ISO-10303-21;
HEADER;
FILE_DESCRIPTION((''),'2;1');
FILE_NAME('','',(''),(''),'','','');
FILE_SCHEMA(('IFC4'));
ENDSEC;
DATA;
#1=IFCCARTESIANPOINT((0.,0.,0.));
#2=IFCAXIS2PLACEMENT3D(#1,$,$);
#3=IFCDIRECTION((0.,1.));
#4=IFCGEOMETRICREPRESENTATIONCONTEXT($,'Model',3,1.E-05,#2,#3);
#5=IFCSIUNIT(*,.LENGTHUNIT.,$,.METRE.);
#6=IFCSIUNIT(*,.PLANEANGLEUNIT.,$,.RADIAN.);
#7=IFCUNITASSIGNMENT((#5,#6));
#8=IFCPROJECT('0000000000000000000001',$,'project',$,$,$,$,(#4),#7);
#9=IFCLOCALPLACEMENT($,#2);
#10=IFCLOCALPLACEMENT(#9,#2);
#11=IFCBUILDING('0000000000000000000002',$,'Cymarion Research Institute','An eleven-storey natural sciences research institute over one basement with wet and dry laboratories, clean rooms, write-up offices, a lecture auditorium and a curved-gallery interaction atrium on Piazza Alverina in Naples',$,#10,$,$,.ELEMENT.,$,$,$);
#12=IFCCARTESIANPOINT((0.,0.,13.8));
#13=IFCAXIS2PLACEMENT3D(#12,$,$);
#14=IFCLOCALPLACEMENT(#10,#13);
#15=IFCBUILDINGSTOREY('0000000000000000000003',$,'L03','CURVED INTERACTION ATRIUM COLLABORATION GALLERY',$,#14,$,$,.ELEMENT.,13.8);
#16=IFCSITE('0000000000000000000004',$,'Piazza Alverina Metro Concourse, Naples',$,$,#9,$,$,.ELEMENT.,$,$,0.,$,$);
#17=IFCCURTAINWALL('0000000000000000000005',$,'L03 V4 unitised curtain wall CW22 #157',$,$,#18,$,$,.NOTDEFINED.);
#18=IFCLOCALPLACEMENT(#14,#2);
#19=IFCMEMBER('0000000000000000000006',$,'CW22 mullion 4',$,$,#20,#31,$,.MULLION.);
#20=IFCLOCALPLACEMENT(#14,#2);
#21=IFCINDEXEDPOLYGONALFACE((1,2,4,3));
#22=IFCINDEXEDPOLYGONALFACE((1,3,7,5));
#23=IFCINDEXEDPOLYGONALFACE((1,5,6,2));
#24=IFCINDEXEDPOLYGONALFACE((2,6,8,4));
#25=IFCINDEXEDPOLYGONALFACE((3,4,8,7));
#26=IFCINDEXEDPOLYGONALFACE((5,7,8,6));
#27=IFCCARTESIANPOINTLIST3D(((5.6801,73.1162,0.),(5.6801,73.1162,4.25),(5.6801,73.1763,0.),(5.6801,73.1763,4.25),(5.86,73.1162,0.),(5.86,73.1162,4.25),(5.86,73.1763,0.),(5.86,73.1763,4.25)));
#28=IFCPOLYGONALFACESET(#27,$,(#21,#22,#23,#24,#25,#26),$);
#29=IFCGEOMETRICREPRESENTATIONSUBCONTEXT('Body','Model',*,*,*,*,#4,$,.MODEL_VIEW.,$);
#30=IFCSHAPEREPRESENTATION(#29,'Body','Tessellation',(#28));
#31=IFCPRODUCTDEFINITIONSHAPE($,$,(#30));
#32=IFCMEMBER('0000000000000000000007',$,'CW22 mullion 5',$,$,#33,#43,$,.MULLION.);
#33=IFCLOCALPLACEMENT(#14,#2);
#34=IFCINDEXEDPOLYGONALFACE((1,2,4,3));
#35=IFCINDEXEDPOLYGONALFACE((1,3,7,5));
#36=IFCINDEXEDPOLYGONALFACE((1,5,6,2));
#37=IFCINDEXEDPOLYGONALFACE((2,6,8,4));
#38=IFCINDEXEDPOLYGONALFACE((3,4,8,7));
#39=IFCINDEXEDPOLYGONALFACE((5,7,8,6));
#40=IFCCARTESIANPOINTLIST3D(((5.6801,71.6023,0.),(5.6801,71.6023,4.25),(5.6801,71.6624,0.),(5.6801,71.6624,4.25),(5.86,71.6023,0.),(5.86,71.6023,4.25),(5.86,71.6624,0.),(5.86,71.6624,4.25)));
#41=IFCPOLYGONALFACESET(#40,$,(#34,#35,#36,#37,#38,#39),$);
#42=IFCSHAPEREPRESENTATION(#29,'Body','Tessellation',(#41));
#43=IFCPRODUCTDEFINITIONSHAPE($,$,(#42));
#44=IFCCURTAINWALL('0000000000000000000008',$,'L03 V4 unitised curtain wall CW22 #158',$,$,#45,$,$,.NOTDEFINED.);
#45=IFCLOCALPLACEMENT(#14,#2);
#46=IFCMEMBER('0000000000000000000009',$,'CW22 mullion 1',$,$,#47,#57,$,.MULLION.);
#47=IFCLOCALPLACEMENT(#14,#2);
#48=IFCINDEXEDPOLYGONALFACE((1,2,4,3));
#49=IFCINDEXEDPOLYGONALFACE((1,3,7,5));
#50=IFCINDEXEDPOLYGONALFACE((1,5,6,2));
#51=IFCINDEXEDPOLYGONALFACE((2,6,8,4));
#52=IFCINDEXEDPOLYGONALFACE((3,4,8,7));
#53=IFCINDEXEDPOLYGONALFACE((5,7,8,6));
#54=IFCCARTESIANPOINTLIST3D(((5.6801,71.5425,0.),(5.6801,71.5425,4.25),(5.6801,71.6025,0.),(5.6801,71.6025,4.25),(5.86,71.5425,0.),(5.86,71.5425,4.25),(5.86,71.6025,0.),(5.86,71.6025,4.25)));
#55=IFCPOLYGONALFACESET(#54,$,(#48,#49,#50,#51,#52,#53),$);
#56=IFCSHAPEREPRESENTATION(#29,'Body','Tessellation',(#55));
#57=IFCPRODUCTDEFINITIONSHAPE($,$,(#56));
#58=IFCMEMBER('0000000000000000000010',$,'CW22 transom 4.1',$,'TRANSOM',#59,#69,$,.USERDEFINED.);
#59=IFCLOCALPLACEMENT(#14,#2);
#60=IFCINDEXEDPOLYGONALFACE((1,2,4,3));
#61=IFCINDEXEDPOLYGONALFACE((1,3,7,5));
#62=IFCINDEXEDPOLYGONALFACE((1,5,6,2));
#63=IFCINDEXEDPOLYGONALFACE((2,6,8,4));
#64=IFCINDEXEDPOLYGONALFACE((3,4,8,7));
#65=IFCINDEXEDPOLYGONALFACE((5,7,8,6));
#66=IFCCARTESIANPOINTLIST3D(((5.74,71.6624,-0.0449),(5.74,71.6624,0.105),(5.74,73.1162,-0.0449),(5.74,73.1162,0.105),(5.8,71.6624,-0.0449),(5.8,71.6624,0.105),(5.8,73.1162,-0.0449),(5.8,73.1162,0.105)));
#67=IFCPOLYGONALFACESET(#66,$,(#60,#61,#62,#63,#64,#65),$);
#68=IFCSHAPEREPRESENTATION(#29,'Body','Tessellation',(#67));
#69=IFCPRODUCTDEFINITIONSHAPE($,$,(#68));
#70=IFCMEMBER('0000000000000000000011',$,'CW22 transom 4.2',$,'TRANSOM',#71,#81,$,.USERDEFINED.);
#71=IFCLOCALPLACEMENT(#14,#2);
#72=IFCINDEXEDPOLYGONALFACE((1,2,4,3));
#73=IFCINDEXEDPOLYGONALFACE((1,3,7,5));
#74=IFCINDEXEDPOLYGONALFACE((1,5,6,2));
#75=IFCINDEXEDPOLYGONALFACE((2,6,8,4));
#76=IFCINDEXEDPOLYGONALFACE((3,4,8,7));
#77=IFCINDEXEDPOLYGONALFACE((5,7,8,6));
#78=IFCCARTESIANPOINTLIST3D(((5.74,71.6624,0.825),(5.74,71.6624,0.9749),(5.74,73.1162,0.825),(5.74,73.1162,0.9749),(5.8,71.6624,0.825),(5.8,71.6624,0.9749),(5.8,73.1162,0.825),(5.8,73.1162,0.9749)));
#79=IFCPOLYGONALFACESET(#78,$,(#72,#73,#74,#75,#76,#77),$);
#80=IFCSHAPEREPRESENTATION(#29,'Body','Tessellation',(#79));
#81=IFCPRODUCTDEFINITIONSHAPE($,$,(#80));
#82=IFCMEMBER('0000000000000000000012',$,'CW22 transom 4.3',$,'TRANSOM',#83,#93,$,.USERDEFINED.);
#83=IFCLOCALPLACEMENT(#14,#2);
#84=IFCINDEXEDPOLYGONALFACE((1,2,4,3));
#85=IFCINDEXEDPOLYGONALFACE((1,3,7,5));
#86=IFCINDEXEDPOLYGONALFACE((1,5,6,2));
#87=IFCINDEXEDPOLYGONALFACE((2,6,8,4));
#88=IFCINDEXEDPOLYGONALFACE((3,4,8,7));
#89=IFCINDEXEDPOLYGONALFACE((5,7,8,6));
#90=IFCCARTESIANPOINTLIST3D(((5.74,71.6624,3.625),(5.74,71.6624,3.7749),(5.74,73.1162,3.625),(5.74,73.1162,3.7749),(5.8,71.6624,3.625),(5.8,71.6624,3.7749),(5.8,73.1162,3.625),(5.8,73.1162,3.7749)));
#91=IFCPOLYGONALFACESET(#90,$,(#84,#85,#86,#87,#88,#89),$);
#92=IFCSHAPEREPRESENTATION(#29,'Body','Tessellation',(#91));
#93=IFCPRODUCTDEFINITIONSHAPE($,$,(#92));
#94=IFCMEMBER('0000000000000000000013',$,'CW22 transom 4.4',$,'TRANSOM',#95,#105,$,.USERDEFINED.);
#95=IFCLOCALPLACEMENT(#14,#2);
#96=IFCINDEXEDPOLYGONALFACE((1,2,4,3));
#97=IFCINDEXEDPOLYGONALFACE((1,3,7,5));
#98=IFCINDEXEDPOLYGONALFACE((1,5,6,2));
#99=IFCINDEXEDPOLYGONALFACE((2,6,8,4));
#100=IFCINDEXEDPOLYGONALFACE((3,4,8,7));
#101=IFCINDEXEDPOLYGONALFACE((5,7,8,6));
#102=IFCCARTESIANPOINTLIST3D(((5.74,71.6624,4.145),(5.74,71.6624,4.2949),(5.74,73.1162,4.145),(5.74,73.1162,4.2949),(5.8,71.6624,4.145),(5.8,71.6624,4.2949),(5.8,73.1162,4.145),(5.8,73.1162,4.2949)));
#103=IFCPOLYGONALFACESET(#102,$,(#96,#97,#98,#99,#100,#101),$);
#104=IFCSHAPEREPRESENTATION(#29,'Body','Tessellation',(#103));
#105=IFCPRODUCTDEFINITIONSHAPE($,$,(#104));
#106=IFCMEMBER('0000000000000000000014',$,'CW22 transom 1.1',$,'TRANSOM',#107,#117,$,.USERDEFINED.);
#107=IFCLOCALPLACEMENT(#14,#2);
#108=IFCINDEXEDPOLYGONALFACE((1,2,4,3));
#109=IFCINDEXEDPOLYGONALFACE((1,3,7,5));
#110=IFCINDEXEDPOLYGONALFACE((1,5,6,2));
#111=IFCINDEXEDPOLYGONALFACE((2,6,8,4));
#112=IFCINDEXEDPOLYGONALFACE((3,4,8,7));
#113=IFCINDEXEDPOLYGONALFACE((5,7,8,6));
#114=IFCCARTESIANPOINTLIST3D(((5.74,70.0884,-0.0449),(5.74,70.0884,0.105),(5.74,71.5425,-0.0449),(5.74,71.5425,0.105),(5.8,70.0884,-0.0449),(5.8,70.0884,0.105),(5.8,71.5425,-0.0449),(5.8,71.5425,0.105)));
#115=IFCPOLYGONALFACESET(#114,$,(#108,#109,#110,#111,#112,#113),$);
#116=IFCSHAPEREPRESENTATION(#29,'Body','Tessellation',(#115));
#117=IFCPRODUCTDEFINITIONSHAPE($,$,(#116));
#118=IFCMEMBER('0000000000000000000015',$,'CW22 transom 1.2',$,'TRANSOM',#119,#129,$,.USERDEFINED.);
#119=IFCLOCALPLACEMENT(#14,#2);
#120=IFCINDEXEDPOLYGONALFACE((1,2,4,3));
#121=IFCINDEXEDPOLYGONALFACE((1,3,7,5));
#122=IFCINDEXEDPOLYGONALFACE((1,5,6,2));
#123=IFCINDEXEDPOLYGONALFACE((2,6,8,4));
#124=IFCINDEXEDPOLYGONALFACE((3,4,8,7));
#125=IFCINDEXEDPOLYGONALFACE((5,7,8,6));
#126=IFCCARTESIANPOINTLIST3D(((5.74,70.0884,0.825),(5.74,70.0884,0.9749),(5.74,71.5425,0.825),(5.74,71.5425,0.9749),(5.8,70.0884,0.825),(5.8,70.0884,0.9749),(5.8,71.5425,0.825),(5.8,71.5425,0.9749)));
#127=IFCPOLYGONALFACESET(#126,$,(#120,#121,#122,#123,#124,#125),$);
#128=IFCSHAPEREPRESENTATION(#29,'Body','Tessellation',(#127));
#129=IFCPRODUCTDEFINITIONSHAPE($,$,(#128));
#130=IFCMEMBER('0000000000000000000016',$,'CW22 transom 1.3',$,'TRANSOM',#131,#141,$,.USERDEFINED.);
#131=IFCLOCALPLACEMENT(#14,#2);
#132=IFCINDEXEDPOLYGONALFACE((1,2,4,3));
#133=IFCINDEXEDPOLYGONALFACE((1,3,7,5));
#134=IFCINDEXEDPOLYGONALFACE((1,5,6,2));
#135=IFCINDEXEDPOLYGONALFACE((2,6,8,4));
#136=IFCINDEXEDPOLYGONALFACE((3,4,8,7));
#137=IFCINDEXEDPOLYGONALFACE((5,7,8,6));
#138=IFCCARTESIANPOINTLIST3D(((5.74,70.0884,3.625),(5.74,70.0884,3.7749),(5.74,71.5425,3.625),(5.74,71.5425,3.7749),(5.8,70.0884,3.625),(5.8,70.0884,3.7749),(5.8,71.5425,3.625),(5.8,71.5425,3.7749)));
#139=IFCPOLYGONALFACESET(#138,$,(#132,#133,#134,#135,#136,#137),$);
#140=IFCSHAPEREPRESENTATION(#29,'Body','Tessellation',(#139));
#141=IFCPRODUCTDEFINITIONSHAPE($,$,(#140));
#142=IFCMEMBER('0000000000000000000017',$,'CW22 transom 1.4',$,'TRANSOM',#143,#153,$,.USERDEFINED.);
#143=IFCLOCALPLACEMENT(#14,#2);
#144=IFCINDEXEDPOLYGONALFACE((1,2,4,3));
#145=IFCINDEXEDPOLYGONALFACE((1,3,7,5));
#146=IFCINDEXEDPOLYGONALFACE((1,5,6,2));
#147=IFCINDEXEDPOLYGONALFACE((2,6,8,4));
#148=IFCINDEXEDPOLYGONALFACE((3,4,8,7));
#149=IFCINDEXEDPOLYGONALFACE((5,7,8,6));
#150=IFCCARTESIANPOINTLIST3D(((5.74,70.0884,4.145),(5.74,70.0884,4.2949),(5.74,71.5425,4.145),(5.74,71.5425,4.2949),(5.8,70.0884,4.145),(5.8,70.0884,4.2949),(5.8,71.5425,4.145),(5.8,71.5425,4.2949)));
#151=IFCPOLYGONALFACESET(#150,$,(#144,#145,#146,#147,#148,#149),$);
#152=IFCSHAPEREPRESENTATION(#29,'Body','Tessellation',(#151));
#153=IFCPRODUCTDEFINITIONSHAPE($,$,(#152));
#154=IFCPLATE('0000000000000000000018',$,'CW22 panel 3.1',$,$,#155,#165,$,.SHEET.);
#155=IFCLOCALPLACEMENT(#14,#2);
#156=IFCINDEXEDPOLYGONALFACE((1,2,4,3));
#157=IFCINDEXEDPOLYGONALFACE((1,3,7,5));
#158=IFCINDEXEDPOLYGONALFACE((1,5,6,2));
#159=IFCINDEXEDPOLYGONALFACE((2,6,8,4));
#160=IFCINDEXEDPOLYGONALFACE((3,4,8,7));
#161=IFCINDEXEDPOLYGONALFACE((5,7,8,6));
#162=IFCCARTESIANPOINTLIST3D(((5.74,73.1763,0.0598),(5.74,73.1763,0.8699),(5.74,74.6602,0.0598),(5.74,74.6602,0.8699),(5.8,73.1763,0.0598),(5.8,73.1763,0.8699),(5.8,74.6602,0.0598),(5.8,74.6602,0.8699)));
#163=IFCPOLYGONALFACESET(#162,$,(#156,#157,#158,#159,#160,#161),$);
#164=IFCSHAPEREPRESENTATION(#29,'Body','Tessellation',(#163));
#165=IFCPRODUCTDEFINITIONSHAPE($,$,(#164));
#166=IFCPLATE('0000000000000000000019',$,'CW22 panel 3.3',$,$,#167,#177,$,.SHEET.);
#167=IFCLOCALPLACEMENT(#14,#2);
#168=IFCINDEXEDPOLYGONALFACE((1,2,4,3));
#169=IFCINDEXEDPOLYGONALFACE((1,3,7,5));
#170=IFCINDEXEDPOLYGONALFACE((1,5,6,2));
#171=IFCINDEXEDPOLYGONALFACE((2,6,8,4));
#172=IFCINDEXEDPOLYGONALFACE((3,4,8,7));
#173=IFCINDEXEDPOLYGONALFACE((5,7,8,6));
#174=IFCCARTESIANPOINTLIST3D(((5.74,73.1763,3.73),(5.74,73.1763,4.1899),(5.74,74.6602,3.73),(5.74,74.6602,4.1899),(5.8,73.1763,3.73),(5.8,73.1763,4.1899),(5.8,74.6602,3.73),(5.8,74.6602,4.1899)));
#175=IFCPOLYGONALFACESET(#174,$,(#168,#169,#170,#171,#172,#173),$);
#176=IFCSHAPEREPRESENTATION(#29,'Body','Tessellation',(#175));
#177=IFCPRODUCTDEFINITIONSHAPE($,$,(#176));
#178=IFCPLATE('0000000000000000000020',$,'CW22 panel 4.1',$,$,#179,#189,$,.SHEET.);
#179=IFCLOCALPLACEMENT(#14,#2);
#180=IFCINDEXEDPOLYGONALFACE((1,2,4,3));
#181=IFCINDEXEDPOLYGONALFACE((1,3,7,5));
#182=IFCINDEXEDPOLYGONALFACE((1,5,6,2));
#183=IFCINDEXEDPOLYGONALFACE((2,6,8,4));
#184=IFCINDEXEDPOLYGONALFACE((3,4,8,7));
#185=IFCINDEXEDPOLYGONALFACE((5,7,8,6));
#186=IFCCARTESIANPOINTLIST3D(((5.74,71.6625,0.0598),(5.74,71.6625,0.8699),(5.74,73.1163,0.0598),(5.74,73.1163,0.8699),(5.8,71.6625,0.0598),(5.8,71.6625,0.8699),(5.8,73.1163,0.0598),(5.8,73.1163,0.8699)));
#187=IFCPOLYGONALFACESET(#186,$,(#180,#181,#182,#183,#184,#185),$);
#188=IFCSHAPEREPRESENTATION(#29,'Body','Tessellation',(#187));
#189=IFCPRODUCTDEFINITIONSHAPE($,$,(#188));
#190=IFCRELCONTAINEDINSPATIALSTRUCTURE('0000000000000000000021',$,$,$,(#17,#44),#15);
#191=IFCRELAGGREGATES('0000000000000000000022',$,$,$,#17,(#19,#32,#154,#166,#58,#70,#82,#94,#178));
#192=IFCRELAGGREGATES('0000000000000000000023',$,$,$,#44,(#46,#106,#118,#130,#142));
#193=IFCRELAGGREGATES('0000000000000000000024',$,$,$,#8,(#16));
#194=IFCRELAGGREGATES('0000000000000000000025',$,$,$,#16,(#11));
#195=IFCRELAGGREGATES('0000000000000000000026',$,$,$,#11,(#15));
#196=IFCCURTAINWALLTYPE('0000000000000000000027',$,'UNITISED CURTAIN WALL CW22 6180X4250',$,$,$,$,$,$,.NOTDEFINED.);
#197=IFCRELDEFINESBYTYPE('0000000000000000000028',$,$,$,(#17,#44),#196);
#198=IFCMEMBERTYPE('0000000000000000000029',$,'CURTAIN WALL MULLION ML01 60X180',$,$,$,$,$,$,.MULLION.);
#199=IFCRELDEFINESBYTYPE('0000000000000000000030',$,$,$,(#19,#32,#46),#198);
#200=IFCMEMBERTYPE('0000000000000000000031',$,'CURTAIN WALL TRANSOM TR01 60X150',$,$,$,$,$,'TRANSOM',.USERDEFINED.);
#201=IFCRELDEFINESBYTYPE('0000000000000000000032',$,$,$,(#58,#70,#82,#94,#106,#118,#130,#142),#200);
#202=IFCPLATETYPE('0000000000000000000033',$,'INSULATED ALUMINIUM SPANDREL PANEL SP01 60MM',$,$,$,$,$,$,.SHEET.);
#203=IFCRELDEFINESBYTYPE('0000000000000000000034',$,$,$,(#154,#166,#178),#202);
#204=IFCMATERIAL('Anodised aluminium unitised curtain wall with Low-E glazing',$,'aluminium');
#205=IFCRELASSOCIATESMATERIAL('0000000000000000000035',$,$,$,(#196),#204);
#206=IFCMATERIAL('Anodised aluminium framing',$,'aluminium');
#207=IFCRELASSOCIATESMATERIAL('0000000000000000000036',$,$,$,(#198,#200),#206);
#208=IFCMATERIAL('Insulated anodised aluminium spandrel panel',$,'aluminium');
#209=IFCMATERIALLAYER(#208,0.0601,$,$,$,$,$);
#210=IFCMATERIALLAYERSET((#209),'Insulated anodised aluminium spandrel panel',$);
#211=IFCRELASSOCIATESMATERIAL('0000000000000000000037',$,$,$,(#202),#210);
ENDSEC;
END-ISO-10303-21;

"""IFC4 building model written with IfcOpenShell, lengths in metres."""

from ifc_helpers import new_model, si_unit, direction, frame, origin, origin_2d, place, context, subcontext, project, spatial, rectangle, extrude, material, layer, layer_set, material_profile, profile_set, type_object, element, aggregate, save


model = new_model("IFC4")

# Units and contexts
model_context = context("Model", 3, precision=1e-05, world=origin(), true_north=direction((0.0, 1.0)))
body_context = subcontext(model_context, "Body", "Model", "MODEL_VIEW")
ifc_project = project(units=[si_unit("LENGTHUNIT", "METRE"), si_unit("PLANEANGLEUNIT", "RADIAN")], contexts=[model_context])

# Site, building, storey
site_placement = place(None, origin())
site = spatial("IfcSite", under=ifc_project, at=site_placement, Name="Piazza Alverina Metro Concourse, Naples", CompositionType="ELEMENT", RefElevation=0.0)
building_placement = place(site_placement, origin())
building = spatial("IfcBuilding", under=site, at=building_placement, Name="Cymarion Research Institute", Description="An eleven-storey natural sciences research institute over one basement with wet and dry laboratories, clean rooms, write-up offices, a lecture auditorium and a curved-gallery interaction atrium on Piazza Alverina in Naples", CompositionType="ELEMENT")
storey_placement = place(building_placement, frame((0.0, 0.0, 13.8)))
storey = spatial("IfcBuildingStorey", under=building, at=storey_placement, Name="L03", Description="CURVED INTERACTION ATRIUM COLLABORATION GALLERY", CompositionType="ELEMENT", Elevation=13.8)

# Curtain wall, members
ifc_material_1 = material(Name="Anodised aluminium unitised curtain wall with Low-E glazing", Category="aluminium")
curtain_wall_type = type_object("IfcCurtainWallType", Name="UNITISED CURTAIN WALL CW22 6180X4250", PredefinedType="NOTDEFINED", material=ifc_material_1)
curtain_wall_1_placement = place(storey_placement, origin())
curtain_wall_1 = element("IfcCurtainWall", 1, at=curtain_wall_1_placement, inside=storey, type_object=curtain_wall_type, Name="L03 V4 unitised curtain wall CW22 #157", PredefinedType="NOTDEFINED")
ifc_material_2 = material(Name="Anodised aluminium framing", Category="aluminium")
ifc_material_profile_1 = material_profile(ifc_material_2, rectangle(XDim=0.0601, YDim=0.1799, at=origin_2d()), Name="ALU MULLION 60x180")
ifc_profile_set_1 = profile_set([ifc_material_profile_1], Name="Anodised aluminium framing")
member_type_1 = type_object("IfcMemberType", Name="CURTAIN WALL MULLION ML01 60X180", PredefinedType="MULLION", material=ifc_profile_set_1)
member_1_placement = place(storey_placement, frame((5.77, 73.1462, 0.0), z_axis=(0.0, 0.0, 1.0), x_axis=(0.0, -1.0, 0.0)))
member_1 = element("IfcMember", 2, at=member_1_placement, type_object=member_type_1, Name="CW22 mullion 4", PredefinedType="MULLION", context=body_context, shape_type="SweptSolid", body=[
    extrude(rectangle(XDim=0.0601, YDim=0.1799, at=origin_2d()), origin(), (0.0, 0.0, 1.0), 4.25),
])
member_2_placement = place(storey_placement, frame((5.77, 71.6323, 0.0), z_axis=(0.0, 0.0, 1.0), x_axis=(0.0, -1.0, 0.0)))
member_2 = element("IfcMember", 3, at=member_2_placement, type_object=member_type_1, Name="CW22 mullion 5", PredefinedType="MULLION", context=body_context, shape_type="SweptSolid", body=[
    extrude(rectangle(XDim=0.0601, YDim=0.1799, at=origin_2d()), origin(), (0.0, 0.0, 1.0), 4.25),
])

# Curtain wall, member
curtain_wall_2_placement = place(storey_placement, origin())
curtain_wall_2 = element("IfcCurtainWall", 4, at=curtain_wall_2_placement, inside=storey, type_object=curtain_wall_type, Name="L03 V4 unitised curtain wall CW22 #158", PredefinedType="NOTDEFINED")
member_3_placement = place(storey_placement, frame((5.77, 71.5725, 0.0), z_axis=(0.0, 0.0, 1.0), x_axis=(0.0, -1.0, 0.0)))
member_3 = element("IfcMember", 5, at=member_3_placement, type_object=member_type_1, Name="CW22 mullion 1", PredefinedType="MULLION", context=body_context, shape_type="SweptSolid", body=[
    extrude(rectangle(XDim=0.0601, YDim=0.1799, at=origin_2d()), origin(), (0.0, 0.0, 1.0), 4.25),
])

# Members
ifc_material_profile_2 = material_profile(ifc_material_2, rectangle(XDim=0.0601, YDim=0.1499, at=origin_2d()), Name="ALU TRANSOM 60x150")
ifc_profile_set_2 = profile_set([ifc_material_profile_2], Name="Anodised aluminium framing")
member_type_2 = type_object("IfcMemberType", Name="CURTAIN WALL TRANSOM TR01 60X150", ElementType="TRANSOM", PredefinedType="USERDEFINED", material=ifc_profile_set_2)
member_4_placement = place(storey_placement, frame((5.77, 73.1162, 0.03), z_axis=(0.0, -1.0, 0.0), x_axis=(1.0, 0.0, 0.0)))
member_4 = element("IfcMember", 6, at=member_4_placement, type_object=member_type_2, Name="CW22 transom 4.1", ObjectType="TRANSOM", PredefinedType="USERDEFINED", context=body_context, shape_type="SweptSolid", body=[
    extrude(rectangle(XDim=0.0601, YDim=0.1499, at=origin_2d()), origin(), (0.0, 0.0, 1.0), 1.4539),
])
member_5_placement = place(storey_placement, frame((5.77, 73.1162, 0.8999), z_axis=(0.0, -1.0, 0.0), x_axis=(1.0, 0.0, 0.0)))
member_5 = element("IfcMember", 7, at=member_5_placement, type_object=member_type_2, Name="CW22 transom 4.2", ObjectType="TRANSOM", PredefinedType="USERDEFINED", context=body_context, shape_type="SweptSolid", body=[
    extrude(rectangle(XDim=0.0601, YDim=0.1499, at=origin_2d()), origin(), (0.0, 0.0, 1.0), 1.4539),
])
member_6_placement = place(storey_placement, frame((5.77, 73.1162, 3.7), z_axis=(0.0, -1.0, 0.0), x_axis=(1.0, 0.0, 0.0)))
member_6 = element("IfcMember", 8, at=member_6_placement, type_object=member_type_2, Name="CW22 transom 4.3", ObjectType="TRANSOM", PredefinedType="USERDEFINED", context=body_context, shape_type="SweptSolid", body=[
    extrude(rectangle(XDim=0.0601, YDim=0.1499, at=origin_2d()), origin(), (0.0, 0.0, 1.0), 1.4539),
])
member_7_placement = place(storey_placement, frame((5.77, 73.1162, 4.22), z_axis=(0.0, -1.0, 0.0), x_axis=(1.0, 0.0, 0.0)))
member_7 = element("IfcMember", 9, at=member_7_placement, type_object=member_type_2, Name="CW22 transom 4.4", ObjectType="TRANSOM", PredefinedType="USERDEFINED", context=body_context, shape_type="SweptSolid", body=[
    extrude(rectangle(XDim=0.0601, YDim=0.1499, at=origin_2d()), origin(), (0.0, 0.0, 1.0), 1.4539),
])
member_8_placement = place(storey_placement, frame((5.77, 71.5425, 0.03), z_axis=(0.0, -1.0, 0.0), x_axis=(1.0, 0.0, 0.0)))
member_8 = element("IfcMember", 10, at=member_8_placement, type_object=member_type_2, Name="CW22 transom 1.1", ObjectType="TRANSOM", PredefinedType="USERDEFINED", context=body_context, shape_type="SweptSolid", body=[
    extrude(rectangle(XDim=0.0601, YDim=0.1499, at=origin_2d()), origin(), (0.0, 0.0, 1.0), 1.4541),
])
member_9_placement = place(storey_placement, frame((5.77, 71.5425, 0.8999), z_axis=(0.0, -1.0, 0.0), x_axis=(1.0, 0.0, 0.0)))
member_9 = element("IfcMember", 11, at=member_9_placement, type_object=member_type_2, Name="CW22 transom 1.2", ObjectType="TRANSOM", PredefinedType="USERDEFINED", context=body_context, shape_type="SweptSolid", body=[
    extrude(rectangle(XDim=0.0601, YDim=0.1499, at=origin_2d()), origin(), (0.0, 0.0, 1.0), 1.4541),
])
member_10_placement = place(storey_placement, frame((5.77, 71.5425, 3.7), z_axis=(0.0, -1.0, 0.0), x_axis=(1.0, 0.0, 0.0)))
member_10 = element("IfcMember", 12, at=member_10_placement, type_object=member_type_2, Name="CW22 transom 1.3", ObjectType="TRANSOM", PredefinedType="USERDEFINED", context=body_context, shape_type="SweptSolid", body=[
    extrude(rectangle(XDim=0.0601, YDim=0.1499, at=origin_2d()), origin(), (0.0, 0.0, 1.0), 1.4541),
])
member_11_placement = place(storey_placement, frame((5.77, 71.5425, 4.22), z_axis=(0.0, -1.0, 0.0), x_axis=(1.0, 0.0, 0.0)))
member_11 = element("IfcMember", 13, at=member_11_placement, type_object=member_type_2, Name="CW22 transom 1.4", ObjectType="TRANSOM", PredefinedType="USERDEFINED", context=body_context, shape_type="SweptSolid", body=[
    extrude(rectangle(XDim=0.0601, YDim=0.1499, at=origin_2d()), origin(), (0.0, 0.0, 1.0), 1.4541),
])

# Plates
ifc_material_3 = material(Name="Insulated anodised aluminium spandrel panel", Category="aluminium")
ifc_layer_1 = layer(ifc_material_3, 0.0601)
ifc_layer_set_1 = layer_set([ifc_layer_1], Name="Insulated anodised aluminium spandrel panel")
plate_type_1 = type_object("IfcPlateType", Name="INSULATED ALUMINIUM SPANDREL PANEL SP01 60MM", PredefinedType="SHEET", material=ifc_layer_set_1)
plate_1_placement = place(storey_placement, frame((5.77, 73.9182, 0.0598), z_axis=(0.0, 0.0, 1.0), x_axis=(0.0, -1.0, 0.0)))
plate_1 = element("IfcPlate", 14, at=plate_1_placement, type_object=plate_type_1, Name="CW22 panel 3.1", PredefinedType="SHEET", context=body_context, shape_type="SweptSolid", body=[
    extrude(rectangle(XDim=1.4839, YDim=0.0601, at=origin_2d()), origin(), (0.0, 0.0, 1.0), 0.8101),
])
plate_2_placement = place(storey_placement, frame((5.77, 73.9182, 3.73), z_axis=(0.0, 0.0, 1.0), x_axis=(0.0, -1.0, 0.0)))
plate_2 = element("IfcPlate", 15, at=plate_2_placement, type_object=plate_type_1, Name="CW22 panel 3.3", PredefinedType="SHEET", context=body_context, shape_type="SweptSolid", body=[
    extrude(rectangle(XDim=1.4839, YDim=0.0601, at=origin_2d()), origin(), (0.0, 0.0, 1.0), 0.46),
])
plate_3_placement = place(storey_placement, frame((5.77, 72.3894, 0.0598), z_axis=(0.0, 0.0, 1.0), x_axis=(0.0, -1.0, 0.0)))
plate_3 = element("IfcPlate", 16, at=plate_3_placement, type_object=plate_type_1, Name="CW22 panel 4.1", PredefinedType="SHEET", context=body_context, shape_type="SweptSolid", body=[
    extrude(rectangle(XDim=1.4539, YDim=0.0601, at=origin_2d()), origin(), (0.0, 0.0, 1.0), 0.8101),
])
aggregate(curtain_wall_1, [member_1, member_2, plate_1, plate_2, member_4, member_5, member_6, member_7, plate_3])
aggregate(curtain_wall_2, [member_3, member_8, member_9, member_10, member_11])

save(model, "model.ifc")
